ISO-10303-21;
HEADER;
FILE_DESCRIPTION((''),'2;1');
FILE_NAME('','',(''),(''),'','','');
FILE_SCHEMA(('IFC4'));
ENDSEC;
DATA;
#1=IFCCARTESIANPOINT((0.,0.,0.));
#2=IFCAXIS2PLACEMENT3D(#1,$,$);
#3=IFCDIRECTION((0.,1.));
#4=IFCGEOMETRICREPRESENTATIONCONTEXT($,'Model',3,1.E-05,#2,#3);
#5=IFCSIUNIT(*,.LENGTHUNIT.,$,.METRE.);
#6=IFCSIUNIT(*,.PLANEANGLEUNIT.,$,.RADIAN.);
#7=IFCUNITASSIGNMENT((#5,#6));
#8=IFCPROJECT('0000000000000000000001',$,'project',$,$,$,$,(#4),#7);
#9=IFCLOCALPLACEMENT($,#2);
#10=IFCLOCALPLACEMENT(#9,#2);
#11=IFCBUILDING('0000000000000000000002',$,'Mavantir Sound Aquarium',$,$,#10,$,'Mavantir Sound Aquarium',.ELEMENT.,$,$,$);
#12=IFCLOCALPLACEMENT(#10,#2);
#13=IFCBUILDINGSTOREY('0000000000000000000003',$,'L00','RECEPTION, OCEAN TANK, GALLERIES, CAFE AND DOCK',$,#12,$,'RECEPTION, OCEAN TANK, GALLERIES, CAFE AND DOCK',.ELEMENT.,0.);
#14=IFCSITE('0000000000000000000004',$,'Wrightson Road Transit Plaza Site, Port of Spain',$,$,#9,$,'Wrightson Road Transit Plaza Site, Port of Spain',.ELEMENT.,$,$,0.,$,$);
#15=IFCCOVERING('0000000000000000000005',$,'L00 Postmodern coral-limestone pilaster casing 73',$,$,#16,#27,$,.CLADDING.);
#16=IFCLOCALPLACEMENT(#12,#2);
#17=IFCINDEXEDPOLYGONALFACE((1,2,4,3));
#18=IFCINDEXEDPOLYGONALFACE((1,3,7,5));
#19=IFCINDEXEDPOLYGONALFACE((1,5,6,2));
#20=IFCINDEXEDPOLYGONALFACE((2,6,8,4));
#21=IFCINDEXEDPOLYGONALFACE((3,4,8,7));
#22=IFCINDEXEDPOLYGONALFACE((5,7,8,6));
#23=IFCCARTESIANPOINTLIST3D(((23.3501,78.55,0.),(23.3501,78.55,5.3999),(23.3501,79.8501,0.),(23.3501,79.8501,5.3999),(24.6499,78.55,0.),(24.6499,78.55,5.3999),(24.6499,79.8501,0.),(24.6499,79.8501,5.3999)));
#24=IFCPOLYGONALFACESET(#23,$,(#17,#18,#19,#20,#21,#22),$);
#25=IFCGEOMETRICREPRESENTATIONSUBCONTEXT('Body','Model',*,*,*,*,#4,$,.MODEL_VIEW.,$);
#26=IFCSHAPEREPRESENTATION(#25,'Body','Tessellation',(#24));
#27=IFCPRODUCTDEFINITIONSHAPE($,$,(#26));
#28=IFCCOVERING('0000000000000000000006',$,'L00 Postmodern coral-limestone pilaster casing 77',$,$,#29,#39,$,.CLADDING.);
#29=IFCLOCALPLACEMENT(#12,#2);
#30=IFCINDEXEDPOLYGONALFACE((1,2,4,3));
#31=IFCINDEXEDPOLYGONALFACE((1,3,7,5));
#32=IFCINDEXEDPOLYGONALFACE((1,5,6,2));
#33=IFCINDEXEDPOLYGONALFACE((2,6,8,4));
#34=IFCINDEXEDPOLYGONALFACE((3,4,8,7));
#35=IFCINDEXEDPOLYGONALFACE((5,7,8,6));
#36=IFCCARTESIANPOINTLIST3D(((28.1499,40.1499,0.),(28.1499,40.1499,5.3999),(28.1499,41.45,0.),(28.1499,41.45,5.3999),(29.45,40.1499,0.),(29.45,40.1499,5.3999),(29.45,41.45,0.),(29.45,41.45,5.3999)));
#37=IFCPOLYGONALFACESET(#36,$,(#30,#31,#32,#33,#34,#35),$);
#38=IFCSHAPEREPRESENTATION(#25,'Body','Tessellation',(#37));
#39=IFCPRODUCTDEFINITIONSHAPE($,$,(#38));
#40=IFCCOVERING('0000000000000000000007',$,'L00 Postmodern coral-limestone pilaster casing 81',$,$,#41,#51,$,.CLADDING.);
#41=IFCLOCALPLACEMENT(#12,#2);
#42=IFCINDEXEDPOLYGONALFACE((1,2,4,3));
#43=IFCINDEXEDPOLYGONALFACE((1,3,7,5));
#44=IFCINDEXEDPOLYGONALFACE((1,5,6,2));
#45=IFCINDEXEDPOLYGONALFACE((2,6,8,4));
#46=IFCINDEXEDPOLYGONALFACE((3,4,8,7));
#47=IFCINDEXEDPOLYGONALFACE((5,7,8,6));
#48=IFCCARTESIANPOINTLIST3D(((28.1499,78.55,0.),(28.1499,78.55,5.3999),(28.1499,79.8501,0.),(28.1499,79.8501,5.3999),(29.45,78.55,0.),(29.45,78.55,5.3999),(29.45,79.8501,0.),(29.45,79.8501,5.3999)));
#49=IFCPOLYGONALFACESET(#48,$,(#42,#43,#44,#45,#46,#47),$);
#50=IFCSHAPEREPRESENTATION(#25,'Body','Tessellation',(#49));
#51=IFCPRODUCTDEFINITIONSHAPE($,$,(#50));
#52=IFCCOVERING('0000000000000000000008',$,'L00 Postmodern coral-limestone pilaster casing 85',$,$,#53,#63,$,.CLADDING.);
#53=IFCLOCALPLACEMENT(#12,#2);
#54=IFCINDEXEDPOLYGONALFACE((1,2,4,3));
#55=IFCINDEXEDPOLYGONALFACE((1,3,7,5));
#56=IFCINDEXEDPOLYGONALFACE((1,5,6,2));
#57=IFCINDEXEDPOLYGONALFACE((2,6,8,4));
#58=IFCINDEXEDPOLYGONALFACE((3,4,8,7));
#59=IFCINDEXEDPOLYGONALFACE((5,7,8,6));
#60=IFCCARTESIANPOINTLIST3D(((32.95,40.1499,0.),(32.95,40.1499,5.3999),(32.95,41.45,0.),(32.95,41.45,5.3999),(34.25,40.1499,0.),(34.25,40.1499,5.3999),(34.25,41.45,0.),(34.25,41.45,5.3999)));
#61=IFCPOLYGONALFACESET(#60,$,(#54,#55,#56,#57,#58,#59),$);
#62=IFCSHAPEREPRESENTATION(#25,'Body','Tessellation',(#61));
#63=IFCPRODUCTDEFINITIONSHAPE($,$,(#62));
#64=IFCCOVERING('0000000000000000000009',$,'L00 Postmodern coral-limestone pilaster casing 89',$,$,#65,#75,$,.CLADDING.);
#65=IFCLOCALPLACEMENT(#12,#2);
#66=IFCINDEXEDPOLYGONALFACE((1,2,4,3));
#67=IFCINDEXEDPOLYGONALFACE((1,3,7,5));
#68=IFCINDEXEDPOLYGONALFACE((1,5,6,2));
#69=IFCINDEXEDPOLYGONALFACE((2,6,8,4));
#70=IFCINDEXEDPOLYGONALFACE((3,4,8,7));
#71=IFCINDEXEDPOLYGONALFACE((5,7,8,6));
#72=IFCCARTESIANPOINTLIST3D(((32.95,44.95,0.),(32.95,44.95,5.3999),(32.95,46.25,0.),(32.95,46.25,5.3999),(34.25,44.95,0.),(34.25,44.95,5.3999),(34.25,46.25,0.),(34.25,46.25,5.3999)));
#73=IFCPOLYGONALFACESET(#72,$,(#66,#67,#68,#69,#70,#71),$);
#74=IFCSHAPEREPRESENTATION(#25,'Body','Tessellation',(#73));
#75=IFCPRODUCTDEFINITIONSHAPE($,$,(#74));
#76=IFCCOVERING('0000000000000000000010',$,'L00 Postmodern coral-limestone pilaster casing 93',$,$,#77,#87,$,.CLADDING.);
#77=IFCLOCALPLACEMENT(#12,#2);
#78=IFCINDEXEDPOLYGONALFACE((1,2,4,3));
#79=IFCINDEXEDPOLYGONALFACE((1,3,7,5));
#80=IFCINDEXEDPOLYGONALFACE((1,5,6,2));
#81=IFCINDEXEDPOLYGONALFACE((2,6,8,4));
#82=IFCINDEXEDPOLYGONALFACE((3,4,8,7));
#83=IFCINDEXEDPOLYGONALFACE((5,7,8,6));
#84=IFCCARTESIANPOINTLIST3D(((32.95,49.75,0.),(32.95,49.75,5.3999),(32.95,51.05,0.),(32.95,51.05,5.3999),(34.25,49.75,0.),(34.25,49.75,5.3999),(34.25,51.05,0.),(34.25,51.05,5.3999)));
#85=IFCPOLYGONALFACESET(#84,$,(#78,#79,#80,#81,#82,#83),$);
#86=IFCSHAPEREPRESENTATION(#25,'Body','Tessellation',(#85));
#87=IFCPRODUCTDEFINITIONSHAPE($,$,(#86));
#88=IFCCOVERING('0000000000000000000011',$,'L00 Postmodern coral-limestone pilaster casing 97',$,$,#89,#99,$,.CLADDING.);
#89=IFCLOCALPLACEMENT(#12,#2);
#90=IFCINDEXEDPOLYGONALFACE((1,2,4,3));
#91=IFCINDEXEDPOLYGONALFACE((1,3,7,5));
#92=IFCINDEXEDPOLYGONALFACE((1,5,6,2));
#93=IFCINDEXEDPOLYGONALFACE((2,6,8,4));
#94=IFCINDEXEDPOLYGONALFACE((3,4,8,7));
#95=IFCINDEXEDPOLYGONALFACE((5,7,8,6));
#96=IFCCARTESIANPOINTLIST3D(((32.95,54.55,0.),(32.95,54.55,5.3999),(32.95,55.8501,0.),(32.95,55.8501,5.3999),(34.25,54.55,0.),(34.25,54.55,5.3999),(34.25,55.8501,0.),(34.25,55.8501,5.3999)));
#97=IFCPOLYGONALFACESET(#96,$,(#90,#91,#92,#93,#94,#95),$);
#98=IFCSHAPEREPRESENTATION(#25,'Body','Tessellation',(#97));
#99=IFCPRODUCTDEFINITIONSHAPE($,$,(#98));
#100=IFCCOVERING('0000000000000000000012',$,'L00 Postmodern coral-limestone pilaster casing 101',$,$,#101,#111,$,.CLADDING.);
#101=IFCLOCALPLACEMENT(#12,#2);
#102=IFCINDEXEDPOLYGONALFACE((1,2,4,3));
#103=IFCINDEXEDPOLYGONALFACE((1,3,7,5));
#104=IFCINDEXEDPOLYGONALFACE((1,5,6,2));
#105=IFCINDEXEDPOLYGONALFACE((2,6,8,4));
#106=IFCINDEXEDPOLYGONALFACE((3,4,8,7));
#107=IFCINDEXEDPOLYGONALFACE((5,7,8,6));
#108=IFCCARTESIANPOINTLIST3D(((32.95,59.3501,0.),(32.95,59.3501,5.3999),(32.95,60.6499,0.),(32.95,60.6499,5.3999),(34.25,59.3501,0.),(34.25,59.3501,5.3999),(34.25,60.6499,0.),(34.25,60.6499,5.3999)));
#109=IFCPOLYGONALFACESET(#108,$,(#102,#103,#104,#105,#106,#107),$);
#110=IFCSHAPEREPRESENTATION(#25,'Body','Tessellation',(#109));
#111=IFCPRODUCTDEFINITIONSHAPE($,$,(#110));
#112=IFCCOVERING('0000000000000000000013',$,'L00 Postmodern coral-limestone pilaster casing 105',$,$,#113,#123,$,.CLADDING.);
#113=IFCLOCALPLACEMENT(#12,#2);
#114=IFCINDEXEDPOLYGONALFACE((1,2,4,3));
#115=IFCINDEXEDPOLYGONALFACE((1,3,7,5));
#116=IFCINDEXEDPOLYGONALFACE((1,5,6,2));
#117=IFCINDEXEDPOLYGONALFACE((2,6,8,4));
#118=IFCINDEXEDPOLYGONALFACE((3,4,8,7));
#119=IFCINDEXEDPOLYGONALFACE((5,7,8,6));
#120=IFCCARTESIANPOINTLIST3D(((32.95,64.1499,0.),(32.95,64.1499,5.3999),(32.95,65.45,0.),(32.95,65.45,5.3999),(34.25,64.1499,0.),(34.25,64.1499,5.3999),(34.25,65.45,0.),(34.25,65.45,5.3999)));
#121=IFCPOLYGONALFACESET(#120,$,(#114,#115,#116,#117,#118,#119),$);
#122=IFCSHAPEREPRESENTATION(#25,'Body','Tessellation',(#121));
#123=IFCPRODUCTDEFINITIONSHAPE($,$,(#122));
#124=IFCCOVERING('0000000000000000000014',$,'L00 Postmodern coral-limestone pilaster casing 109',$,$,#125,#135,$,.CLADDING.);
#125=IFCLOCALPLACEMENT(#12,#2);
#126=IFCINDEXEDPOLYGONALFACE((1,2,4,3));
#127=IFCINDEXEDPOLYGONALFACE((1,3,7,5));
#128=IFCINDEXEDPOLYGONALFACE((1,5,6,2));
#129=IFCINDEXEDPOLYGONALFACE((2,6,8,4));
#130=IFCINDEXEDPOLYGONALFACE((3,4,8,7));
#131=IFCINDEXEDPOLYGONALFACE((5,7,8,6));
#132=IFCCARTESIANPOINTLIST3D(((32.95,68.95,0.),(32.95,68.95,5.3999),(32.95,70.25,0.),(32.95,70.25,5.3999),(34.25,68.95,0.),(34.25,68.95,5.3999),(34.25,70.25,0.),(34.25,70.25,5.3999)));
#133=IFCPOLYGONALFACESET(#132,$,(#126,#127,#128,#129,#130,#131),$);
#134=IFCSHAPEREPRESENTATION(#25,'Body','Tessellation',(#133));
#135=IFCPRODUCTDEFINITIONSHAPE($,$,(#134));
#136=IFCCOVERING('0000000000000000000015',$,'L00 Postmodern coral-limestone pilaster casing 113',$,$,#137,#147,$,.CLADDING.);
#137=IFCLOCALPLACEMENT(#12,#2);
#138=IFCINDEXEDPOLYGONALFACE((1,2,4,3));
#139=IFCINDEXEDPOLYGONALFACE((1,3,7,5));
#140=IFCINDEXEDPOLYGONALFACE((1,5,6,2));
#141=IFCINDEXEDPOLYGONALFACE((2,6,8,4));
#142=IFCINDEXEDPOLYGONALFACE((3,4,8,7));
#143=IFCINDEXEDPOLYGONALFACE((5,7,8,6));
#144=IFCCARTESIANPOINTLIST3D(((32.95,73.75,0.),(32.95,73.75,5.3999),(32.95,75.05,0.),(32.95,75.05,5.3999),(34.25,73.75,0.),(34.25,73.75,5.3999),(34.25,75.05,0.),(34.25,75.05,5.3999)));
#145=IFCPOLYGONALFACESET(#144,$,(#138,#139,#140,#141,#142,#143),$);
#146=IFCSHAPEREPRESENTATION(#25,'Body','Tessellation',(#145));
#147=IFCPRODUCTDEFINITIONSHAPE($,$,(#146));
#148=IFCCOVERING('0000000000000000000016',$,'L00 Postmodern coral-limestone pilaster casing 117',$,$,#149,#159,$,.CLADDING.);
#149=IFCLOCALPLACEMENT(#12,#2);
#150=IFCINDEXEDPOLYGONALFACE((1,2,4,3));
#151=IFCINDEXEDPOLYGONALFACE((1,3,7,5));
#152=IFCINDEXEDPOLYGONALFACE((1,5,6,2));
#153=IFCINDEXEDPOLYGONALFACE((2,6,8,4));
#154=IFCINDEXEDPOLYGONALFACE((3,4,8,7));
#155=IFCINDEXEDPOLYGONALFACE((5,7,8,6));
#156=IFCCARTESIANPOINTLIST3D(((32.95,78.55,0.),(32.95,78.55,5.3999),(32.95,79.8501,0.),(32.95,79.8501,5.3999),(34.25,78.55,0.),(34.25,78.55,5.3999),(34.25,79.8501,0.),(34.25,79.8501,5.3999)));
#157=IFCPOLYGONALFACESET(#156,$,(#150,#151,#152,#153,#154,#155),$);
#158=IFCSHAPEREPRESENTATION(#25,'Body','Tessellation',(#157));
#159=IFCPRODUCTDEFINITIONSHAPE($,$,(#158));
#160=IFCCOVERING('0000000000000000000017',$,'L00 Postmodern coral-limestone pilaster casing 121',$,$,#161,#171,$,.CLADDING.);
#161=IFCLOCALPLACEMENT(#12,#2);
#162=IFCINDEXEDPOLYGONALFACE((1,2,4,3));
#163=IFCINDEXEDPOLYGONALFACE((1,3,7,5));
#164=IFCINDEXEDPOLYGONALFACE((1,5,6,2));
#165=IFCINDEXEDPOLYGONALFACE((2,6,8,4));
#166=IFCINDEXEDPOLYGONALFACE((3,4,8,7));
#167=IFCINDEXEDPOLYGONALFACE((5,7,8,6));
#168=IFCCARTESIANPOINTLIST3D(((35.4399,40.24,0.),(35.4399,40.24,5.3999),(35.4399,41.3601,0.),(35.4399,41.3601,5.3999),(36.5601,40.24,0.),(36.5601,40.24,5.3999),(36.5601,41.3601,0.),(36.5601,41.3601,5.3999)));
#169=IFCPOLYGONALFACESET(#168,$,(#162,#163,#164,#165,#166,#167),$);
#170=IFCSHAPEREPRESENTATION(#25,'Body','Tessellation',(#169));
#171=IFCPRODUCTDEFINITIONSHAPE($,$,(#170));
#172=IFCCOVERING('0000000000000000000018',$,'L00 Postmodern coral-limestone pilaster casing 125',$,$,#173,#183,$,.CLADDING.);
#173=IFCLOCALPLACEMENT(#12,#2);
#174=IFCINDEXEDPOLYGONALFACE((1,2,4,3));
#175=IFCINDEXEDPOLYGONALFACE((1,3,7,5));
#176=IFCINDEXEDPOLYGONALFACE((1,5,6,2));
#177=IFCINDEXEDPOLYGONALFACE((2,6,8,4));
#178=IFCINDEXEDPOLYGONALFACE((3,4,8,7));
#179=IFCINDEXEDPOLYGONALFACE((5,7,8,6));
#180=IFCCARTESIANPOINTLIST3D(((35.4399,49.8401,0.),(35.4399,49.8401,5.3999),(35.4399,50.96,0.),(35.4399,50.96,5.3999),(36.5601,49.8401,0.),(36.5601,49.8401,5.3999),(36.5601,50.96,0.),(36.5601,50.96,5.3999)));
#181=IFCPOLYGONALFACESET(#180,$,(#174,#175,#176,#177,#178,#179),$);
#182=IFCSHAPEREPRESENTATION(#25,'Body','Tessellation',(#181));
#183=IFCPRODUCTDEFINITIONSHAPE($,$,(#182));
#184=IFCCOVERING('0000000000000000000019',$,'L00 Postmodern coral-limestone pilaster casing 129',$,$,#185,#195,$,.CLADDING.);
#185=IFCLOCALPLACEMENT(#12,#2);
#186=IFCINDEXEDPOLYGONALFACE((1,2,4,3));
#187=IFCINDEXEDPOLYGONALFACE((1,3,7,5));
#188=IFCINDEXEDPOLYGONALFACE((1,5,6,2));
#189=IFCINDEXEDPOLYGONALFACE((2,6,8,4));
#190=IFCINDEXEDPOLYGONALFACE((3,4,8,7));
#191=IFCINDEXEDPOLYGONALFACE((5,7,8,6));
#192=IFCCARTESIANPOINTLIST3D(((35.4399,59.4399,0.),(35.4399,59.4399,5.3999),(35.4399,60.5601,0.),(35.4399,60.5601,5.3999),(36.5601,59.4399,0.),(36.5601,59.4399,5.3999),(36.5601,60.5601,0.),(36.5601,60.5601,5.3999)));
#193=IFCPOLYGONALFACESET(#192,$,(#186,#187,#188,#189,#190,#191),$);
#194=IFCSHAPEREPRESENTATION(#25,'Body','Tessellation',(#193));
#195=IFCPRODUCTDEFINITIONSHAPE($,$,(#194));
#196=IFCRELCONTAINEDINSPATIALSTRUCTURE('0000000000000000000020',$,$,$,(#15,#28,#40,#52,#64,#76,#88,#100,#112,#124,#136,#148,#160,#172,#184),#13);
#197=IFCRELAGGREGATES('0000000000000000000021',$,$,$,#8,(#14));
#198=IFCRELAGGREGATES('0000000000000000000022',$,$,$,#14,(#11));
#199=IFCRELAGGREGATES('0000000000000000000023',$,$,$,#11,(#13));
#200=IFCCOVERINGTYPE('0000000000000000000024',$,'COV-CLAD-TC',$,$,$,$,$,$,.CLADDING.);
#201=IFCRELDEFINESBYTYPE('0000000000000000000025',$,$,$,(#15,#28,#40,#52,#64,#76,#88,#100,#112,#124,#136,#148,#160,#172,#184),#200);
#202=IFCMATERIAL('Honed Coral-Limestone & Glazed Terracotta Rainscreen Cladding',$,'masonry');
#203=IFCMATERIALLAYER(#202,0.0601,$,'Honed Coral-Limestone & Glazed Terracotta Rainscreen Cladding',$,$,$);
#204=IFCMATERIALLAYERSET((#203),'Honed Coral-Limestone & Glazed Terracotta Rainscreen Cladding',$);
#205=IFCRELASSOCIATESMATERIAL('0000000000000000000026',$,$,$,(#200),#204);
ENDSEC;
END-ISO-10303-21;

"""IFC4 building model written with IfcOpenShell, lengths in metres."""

from ifc_helpers import new_model, si_unit, direction, origin, place, context, subcontext, project, spatial, polyline, outline, extrude, material, layer, layer_set, type_object, element, save


model = new_model("IFC4")

# Units and contexts
model_context = context("Model", 3, precision=1e-05, world=origin(), true_north=direction((0.0, 1.0)))
body_context = subcontext(model_context, "Body", "Model", "MODEL_VIEW")
ifc_project = project(units=[si_unit("LENGTHUNIT", "METRE"), si_unit("PLANEANGLEUNIT", "RADIAN")], contexts=[model_context])

# Site, building, storey
site_placement = place(None, origin())
site = spatial("IfcSite", under=ifc_project, at=site_placement, Name="Wrightson Road Transit Plaza Site, Port of Spain", LongName="Wrightson Road Transit Plaza Site, Port of Spain", CompositionType="ELEMENT", RefElevation=0.0)
building_placement = place(site_placement, origin())
building = spatial("IfcBuilding", under=site, at=building_placement, Name="Mavantir Sound Aquarium", LongName="Mavantir Sound Aquarium", CompositionType="ELEMENT")
storey_placement = place(building_placement, origin())
storey = spatial("IfcBuildingStorey", under=building, at=storey_placement, Name="L00", Description="RECEPTION, OCEAN TANK, GALLERIES, CAFE AND DOCK", LongName="RECEPTION, OCEAN TANK, GALLERIES, CAFE AND DOCK", CompositionType="ELEMENT", Elevation=0.0)

# Coverings
ifc_material = material(Name="Honed Coral-Limestone & Glazed Terracotta Rainscreen Cladding", Category="masonry")
ifc_layer = layer(ifc_material, 0.0601, Name="Honed Coral-Limestone & Glazed Terracotta Rainscreen Cladding")
ifc_layer_set = layer_set([ifc_layer], Name="Honed Coral-Limestone & Glazed Terracotta Rainscreen Cladding")
covering_type = type_object("IfcCoveringType", Name="COV-CLAD-TC", PredefinedType="CLADDING", material=ifc_layer_set)
covering_1_placement = place(storey_placement, origin())
element("IfcCovering", 1, at=covering_1_placement, inside=storey, type_object=covering_type, Name="L00 Postmodern coral-limestone pilaster casing 73", PredefinedType="CLADDING", context=body_context, shape_type="SweptSolid", body=[
    extrude(outline(polyline([(23.3501, 78.55), (24.6499, 78.55), (24.6499, 79.8501), (23.3501, 79.8501), (23.3501, 78.55)])), origin(), (0.0, 0.0, 1.0), 5.3999),
])
covering_2_placement = place(storey_placement, origin())
element("IfcCovering", 2, at=covering_2_placement, inside=storey, type_object=covering_type, Name="L00 Postmodern coral-limestone pilaster casing 77", PredefinedType="CLADDING", context=body_context, shape_type="SweptSolid", body=[
    extrude(outline(polyline([(28.1499, 40.1499), (29.45, 40.1499), (29.45, 41.45), (28.1499, 41.45), (28.1499, 40.1499)])), origin(), (0.0, 0.0, 1.0), 5.3999),
])
covering_3_placement = place(storey_placement, origin())
element("IfcCovering", 3, at=covering_3_placement, inside=storey, type_object=covering_type, Name="L00 Postmodern coral-limestone pilaster casing 81", PredefinedType="CLADDING", context=body_context, shape_type="SweptSolid", body=[
    extrude(outline(polyline([(28.1499, 78.55), (29.45, 78.55), (29.45, 79.8501), (28.1499, 79.8501), (28.1499, 78.55)])), origin(), (0.0, 0.0, 1.0), 5.3999),
])
covering_4_placement = place(storey_placement, origin())
element("IfcCovering", 4, at=covering_4_placement, inside=storey, type_object=covering_type, Name="L00 Postmodern coral-limestone pilaster casing 85", PredefinedType="CLADDING", context=body_context, shape_type="SweptSolid", body=[
    extrude(outline(polyline([(32.95, 40.1499), (34.25, 40.1499), (34.25, 41.45), (32.95, 41.45), (32.95, 40.1499)])), origin(), (0.0, 0.0, 1.0), 5.3999),
])
covering_5_placement = place(storey_placement, origin())
element("IfcCovering", 5, at=covering_5_placement, inside=storey, type_object=covering_type, Name="L00 Postmodern coral-limestone pilaster casing 89", PredefinedType="CLADDING", context=body_context, shape_type="SweptSolid", body=[
    extrude(outline(polyline([(32.95, 44.95), (34.25, 44.95), (34.25, 46.25), (32.95, 46.25), (32.95, 44.95)])), origin(), (0.0, 0.0, 1.0), 5.3999),
])
covering_6_placement = place(storey_placement, origin())
element("IfcCovering", 6, at=covering_6_placement, inside=storey, type_object=covering_type, Name="L00 Postmodern coral-limestone pilaster casing 93", PredefinedType="CLADDING", context=body_context, shape_type="SweptSolid", body=[
    extrude(outline(polyline([(32.95, 49.75), (34.25, 49.75), (34.25, 51.05), (32.95, 51.05), (32.95, 49.75)])), origin(), (0.0, 0.0, 1.0), 5.3999),
])
covering_7_placement = place(storey_placement, origin())
element("IfcCovering", 7, at=covering_7_placement, inside=storey, type_object=covering_type, Name="L00 Postmodern coral-limestone pilaster casing 97", PredefinedType="CLADDING", context=body_context, shape_type="SweptSolid", body=[
    extrude(outline(polyline([(32.95, 54.55), (34.25, 54.55), (34.25, 55.8501), (32.95, 55.8501), (32.95, 54.55)])), origin(), (0.0, 0.0, 1.0), 5.3999),
])
covering_8_placement = place(storey_placement, origin())
element("IfcCovering", 8, at=covering_8_placement, inside=storey, type_object=covering_type, Name="L00 Postmodern coral-limestone pilaster casing 101", PredefinedType="CLADDING", context=body_context, shape_type="SweptSolid", body=[
    extrude(outline(polyline([(32.95, 59.3501), (34.25, 59.3501), (34.25, 60.6499), (32.95, 60.6499), (32.95, 59.3501)])), origin(), (0.0, 0.0, 1.0), 5.3999),
])
covering_9_placement = place(storey_placement, origin())
element("IfcCovering", 9, at=covering_9_placement, inside=storey, type_object=covering_type, Name="L00 Postmodern coral-limestone pilaster casing 105", PredefinedType="CLADDING", context=body_context, shape_type="SweptSolid", body=[
    extrude(outline(polyline([(32.95, 64.1499), (34.25, 64.1499), (34.25, 65.45), (32.95, 65.45), (32.95, 64.1499)])), origin(), (0.0, 0.0, 1.0), 5.3999),
])
covering_10_placement = place(storey_placement, origin())
element("IfcCovering", 10, at=covering_10_placement, inside=storey, type_object=covering_type, Name="L00 Postmodern coral-limestone pilaster casing 109", PredefinedType="CLADDING", context=body_context, shape_type="SweptSolid", body=[
    extrude(outline(polyline([(32.95, 68.95), (34.25, 68.95), (34.25, 70.25), (32.95, 70.25), (32.95, 68.95)])), origin(), (0.0, 0.0, 1.0), 5.3999),
])
covering_11_placement = place(storey_placement, origin())
element("IfcCovering", 11, at=covering_11_placement, inside=storey, type_object=covering_type, Name="L00 Postmodern coral-limestone pilaster casing 113", PredefinedType="CLADDING", context=body_context, shape_type="SweptSolid", body=[
    extrude(outline(polyline([(32.95, 73.75), (34.25, 73.75), (34.25, 75.05), (32.95, 75.05), (32.95, 73.75)])), origin(), (0.0, 0.0, 1.0), 5.3999),
])
covering_12_placement = place(storey_placement, origin())
element("IfcCovering", 12, at=covering_12_placement, inside=storey, type_object=covering_type, Name="L00 Postmodern coral-limestone pilaster casing 117", PredefinedType="CLADDING", context=body_context, shape_type="SweptSolid", body=[
    extrude(outline(polyline([(32.95, 78.55), (34.25, 78.55), (34.25, 79.8501), (32.95, 79.8501), (32.95, 78.55)])), origin(), (0.0, 0.0, 1.0), 5.3999),
])
covering_13_placement = place(storey_placement, origin())
element("IfcCovering", 13, at=covering_13_placement, inside=storey, type_object=covering_type, Name="L00 Postmodern coral-limestone pilaster casing 121", PredefinedType="CLADDING", context=body_context, shape_type="SweptSolid", body=[
    extrude(outline(polyline([(35.4399, 40.24), (36.5601, 40.24), (36.5601, 41.3601), (35.4399, 41.3601), (35.4399, 40.24)])), origin(), (0.0, 0.0, 1.0), 5.3999),
])
covering_14_placement = place(storey_placement, origin())
element("IfcCovering", 14, at=covering_14_placement, inside=storey, type_object=covering_type, Name="L00 Postmodern coral-limestone pilaster casing 125", PredefinedType="CLADDING", context=body_context, shape_type="SweptSolid", body=[
    extrude(outline(polyline([(35.4399, 49.8401), (36.5601, 49.8401), (36.5601, 50.96), (35.4399, 50.96), (35.4399, 49.8401)])), origin(), (0.0, 0.0, 1.0), 5.3999),
])
covering_15_placement = place(storey_placement, origin())
element("IfcCovering", 15, at=covering_15_placement, inside=storey, type_object=covering_type, Name="L00 Postmodern coral-limestone pilaster casing 129", PredefinedType="CLADDING", context=body_context, shape_type="SweptSolid", body=[
    extrude(outline(polyline([(35.4399, 59.4399), (36.5601, 59.4399), (36.5601, 60.5601), (35.4399, 60.5601), (35.4399, 59.4399)])), origin(), (0.0, 0.0, 1.0), 5.3999),
])

save(model, "model.ifc")
